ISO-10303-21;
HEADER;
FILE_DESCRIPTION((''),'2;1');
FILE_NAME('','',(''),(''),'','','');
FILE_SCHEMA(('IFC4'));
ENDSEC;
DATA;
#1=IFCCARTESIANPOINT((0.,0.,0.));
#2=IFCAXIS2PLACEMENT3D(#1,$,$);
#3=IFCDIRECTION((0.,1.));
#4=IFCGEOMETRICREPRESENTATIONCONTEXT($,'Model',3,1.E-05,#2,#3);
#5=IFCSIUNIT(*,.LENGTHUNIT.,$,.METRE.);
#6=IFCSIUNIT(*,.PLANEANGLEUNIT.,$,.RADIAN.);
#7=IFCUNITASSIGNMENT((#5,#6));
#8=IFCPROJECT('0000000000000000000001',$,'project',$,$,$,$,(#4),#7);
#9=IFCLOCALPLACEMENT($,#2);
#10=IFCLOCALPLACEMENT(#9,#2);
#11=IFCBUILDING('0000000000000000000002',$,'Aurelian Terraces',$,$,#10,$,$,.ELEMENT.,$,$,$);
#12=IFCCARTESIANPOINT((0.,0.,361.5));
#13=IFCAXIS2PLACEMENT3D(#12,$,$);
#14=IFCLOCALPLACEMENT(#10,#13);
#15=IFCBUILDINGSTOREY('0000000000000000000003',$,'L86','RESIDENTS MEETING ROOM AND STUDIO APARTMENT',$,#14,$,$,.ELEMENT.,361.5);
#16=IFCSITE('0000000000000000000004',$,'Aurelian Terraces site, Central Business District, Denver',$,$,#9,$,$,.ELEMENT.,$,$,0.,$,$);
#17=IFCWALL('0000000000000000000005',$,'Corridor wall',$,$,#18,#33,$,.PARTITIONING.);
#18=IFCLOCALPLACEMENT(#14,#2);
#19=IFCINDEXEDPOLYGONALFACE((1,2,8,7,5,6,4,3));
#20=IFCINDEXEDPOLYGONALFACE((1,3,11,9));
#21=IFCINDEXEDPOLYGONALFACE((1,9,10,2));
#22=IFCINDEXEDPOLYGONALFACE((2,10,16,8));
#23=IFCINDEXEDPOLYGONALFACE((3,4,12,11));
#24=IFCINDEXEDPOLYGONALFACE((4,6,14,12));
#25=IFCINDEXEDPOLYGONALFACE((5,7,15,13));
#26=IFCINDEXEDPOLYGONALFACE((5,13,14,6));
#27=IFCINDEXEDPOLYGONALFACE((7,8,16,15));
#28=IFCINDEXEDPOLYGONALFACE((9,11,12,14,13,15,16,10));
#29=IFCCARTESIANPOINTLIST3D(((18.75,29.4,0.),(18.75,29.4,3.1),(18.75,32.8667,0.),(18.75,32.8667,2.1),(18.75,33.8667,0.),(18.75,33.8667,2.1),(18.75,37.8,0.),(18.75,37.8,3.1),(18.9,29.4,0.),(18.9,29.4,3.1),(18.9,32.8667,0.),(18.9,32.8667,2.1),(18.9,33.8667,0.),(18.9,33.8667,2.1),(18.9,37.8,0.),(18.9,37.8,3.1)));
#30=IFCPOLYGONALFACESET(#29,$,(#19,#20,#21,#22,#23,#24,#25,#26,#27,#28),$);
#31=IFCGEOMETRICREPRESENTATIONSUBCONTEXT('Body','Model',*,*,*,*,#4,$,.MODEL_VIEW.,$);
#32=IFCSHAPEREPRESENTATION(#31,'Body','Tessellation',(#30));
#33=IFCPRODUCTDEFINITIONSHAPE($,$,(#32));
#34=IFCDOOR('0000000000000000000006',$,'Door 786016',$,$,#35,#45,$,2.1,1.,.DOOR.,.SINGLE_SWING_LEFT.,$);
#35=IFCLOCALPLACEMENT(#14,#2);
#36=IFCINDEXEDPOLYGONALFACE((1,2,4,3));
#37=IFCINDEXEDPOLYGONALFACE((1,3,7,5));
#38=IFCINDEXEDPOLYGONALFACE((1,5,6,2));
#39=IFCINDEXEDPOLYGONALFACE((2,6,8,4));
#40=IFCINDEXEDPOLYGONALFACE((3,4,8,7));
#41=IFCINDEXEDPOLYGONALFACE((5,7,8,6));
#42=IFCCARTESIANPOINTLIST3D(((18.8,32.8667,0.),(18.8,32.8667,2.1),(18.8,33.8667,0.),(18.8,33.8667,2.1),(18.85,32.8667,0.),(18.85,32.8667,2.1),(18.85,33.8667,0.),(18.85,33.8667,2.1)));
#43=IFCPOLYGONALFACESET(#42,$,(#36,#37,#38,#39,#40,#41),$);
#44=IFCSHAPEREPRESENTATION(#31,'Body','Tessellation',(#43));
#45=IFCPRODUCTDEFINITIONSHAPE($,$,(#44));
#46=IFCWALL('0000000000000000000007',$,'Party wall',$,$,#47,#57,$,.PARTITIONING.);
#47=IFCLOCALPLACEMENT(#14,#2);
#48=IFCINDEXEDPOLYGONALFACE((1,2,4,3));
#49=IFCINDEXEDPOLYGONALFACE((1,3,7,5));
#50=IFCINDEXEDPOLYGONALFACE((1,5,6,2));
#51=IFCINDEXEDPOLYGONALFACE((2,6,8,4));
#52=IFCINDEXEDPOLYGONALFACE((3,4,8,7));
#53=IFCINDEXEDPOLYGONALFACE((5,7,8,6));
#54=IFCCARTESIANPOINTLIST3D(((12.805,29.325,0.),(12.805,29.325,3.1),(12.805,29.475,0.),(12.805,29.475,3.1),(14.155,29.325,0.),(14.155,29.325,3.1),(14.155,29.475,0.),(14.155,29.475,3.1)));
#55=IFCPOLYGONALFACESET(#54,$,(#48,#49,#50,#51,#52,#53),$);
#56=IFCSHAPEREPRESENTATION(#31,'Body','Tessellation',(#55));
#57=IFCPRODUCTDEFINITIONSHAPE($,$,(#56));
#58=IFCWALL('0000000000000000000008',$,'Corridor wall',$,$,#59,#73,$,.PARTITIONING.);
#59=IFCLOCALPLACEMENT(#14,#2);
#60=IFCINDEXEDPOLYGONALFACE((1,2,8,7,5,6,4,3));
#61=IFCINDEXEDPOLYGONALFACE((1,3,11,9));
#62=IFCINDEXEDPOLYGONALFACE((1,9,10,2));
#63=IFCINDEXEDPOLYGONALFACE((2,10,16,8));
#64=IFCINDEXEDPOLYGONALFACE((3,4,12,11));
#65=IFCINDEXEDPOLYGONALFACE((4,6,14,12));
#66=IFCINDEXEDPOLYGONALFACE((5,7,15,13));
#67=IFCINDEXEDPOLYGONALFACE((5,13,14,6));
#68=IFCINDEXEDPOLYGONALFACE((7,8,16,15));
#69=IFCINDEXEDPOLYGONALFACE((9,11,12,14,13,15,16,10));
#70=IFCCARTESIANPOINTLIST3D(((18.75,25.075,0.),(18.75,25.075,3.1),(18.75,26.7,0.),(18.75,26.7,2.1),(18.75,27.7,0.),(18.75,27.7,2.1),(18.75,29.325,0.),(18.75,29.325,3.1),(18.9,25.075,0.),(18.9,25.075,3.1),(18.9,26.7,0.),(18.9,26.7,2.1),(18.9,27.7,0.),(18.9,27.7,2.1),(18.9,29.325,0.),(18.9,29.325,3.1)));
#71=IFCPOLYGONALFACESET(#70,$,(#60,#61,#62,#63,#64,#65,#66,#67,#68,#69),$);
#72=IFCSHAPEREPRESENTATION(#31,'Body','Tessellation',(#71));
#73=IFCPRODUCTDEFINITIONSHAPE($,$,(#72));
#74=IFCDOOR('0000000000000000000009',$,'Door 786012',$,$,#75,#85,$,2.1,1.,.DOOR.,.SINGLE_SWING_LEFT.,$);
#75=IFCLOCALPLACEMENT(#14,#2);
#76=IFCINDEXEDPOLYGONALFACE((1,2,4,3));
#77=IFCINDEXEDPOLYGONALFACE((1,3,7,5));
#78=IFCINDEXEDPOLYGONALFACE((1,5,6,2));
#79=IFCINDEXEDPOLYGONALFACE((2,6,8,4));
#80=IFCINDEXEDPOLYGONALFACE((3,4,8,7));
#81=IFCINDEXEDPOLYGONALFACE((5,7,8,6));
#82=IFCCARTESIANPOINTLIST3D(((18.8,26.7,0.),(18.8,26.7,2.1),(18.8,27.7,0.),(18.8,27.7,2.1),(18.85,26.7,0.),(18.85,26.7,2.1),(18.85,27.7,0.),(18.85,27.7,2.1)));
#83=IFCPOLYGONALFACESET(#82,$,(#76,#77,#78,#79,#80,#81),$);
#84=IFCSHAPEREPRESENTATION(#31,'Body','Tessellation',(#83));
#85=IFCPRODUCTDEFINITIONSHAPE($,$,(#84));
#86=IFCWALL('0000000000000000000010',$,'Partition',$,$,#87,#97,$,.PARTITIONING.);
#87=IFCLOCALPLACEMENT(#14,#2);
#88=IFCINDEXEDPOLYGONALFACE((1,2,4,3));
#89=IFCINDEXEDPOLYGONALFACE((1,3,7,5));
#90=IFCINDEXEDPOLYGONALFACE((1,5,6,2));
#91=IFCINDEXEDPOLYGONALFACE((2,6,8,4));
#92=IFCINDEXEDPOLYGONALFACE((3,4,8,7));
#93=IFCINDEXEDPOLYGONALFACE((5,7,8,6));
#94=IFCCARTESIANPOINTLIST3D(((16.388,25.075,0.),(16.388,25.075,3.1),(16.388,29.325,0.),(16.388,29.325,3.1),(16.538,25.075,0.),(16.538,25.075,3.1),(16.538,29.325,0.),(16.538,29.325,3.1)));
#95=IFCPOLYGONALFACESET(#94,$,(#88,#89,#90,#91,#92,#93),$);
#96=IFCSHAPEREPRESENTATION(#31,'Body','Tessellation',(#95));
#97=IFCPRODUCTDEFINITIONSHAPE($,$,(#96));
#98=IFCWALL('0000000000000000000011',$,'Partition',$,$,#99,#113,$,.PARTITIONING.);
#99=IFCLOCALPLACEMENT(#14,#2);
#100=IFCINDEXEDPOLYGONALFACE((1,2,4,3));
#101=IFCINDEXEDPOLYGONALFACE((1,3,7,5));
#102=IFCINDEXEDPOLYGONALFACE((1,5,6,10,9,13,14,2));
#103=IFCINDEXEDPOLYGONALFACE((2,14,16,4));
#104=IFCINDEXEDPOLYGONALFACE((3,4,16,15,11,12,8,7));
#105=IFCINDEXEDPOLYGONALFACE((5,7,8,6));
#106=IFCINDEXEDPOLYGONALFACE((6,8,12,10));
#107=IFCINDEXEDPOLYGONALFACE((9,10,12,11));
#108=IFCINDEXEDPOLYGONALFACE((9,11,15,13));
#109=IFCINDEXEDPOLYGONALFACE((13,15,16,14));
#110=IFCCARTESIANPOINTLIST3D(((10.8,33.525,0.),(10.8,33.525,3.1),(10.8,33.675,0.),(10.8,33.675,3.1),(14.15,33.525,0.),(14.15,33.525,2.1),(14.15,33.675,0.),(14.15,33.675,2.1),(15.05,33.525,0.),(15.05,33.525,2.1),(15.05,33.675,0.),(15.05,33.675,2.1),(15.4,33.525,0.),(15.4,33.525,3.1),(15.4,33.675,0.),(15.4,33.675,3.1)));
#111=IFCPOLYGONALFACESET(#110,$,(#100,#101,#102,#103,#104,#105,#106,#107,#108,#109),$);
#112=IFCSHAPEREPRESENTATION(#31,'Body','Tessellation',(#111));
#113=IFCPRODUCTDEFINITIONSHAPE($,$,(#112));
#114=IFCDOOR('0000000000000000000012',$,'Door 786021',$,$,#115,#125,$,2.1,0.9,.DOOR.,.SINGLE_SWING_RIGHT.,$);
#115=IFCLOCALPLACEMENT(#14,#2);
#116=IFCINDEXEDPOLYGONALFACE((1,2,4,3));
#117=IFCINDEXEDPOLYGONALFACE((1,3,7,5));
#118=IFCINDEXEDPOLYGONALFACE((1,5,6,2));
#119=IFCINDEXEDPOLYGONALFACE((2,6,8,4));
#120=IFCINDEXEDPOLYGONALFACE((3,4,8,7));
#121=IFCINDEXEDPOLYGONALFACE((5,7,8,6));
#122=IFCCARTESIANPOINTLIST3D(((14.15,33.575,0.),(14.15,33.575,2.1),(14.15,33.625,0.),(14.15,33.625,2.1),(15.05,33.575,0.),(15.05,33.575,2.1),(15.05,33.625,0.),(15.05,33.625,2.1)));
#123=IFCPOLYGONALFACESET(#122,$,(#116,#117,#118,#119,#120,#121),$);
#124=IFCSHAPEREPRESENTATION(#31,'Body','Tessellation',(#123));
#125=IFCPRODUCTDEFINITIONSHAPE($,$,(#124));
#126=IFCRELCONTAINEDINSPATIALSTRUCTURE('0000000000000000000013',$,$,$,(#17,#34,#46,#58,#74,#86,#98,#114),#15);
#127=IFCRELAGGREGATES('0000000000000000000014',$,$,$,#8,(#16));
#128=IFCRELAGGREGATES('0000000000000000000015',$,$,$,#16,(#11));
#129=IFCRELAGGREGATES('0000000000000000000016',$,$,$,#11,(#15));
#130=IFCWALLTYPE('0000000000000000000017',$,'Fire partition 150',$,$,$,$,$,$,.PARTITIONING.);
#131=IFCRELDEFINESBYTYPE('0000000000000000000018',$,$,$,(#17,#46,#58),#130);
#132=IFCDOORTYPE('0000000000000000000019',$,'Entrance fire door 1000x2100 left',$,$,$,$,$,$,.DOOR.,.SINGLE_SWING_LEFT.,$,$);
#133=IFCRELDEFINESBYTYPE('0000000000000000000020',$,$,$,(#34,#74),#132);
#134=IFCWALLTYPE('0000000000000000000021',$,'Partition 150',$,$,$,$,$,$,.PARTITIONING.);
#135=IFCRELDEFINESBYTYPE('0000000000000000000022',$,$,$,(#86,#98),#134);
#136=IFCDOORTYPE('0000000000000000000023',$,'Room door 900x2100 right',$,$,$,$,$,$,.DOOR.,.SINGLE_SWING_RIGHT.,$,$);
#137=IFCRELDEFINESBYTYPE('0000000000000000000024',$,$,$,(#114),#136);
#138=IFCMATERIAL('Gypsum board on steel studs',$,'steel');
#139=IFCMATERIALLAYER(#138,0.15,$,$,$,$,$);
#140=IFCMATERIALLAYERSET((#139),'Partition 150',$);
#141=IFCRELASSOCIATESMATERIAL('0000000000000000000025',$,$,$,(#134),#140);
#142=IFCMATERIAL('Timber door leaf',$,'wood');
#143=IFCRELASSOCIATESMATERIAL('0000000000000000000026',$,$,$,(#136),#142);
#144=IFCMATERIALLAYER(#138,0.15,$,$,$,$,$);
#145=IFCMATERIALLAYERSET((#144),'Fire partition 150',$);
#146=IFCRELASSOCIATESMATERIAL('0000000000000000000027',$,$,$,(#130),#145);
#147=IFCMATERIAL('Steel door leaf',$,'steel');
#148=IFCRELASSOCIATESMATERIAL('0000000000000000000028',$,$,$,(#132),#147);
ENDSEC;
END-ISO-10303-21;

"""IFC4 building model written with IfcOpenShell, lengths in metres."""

from ifc_helpers import new_model, si_unit, direction, frame, frame_2d, origin, place, context, subcontext, project, spatial, rectangle, extrude, source, transform, mapped, material, layer, layer_set, type_object, element, fill, save


model = new_model("IFC4")

# Units and contexts
model_context = context("Model", 3, precision=1e-05, world=origin(), true_north=direction((0.0, 1.0)))
body_context = subcontext(model_context, "Body", "Model", "MODEL_VIEW")
ifc_project = project(units=[si_unit("LENGTHUNIT", "METRE"), si_unit("PLANEANGLEUNIT", "RADIAN")], contexts=[model_context])

# Site, building, storey
site_placement = place(None, origin())
site = spatial("IfcSite", under=ifc_project, at=site_placement, Name="Aurelian Terraces site, Central Business District, Denver", CompositionType="ELEMENT", RefElevation=0.0)
building_placement = place(site_placement, origin())
building = spatial("IfcBuilding", under=site, at=building_placement, Name="Aurelian Terraces", CompositionType="ELEMENT")
storey_placement = place(building_placement, frame((0.0, 0.0, 361.5)))
storey = spatial("IfcBuildingStorey", under=building, at=storey_placement, Name="L86", Description="RESIDENTS MEETING ROOM AND STUDIO APARTMENT", CompositionType="ELEMENT", Elevation=361.5)

# Shared definitions
ifc_material_1 = material(Name="Gypsum board on steel studs", Category="steel")
ifc_layer_1 = layer(ifc_material_1, 0.15)
ifc_layer_set_1 = layer_set([ifc_layer_1], Name="Partition 150")
wall_type_1 = type_object("IfcWallType", Name="Partition 150", PredefinedType="PARTITIONING", material=ifc_layer_set_1)
shared_shape_1 = source(origin(), body_context, "Body", "SweptSolid", [
    extrude(rectangle(XDim=0.9, YDim=2.1, at=frame_2d((0.45, 1.05))), frame((0.0, 0.085, 0.0), z_axis=(0.0, -1.0, 0.0), x_axis=(1.0, 0.0, 0.0)), (0.0, 0.0, 1.0), 0.17),
])
ifc_material_2 = material(Name="Timber door leaf", Category="wood")
door_type_1 = type_object("IfcDoorType", Name="Room door 900x2100 right", OperationType="SINGLE_SWING_RIGHT", PredefinedType="DOOR", material=ifc_material_2)
shared_shape_2 = source(origin(), body_context, "Body", "SweptSolid", [
    extrude(rectangle(XDim=0.9, YDim=2.1, at=frame_2d((0.45, 1.05))), frame((0.0, 0.025, 0.0), z_axis=(0.0, -1.0, 0.0), x_axis=(1.0, 0.0, 0.0)), (0.0, 0.0, 1.0), 0.05),
])

# Shared definitions
shared_shape_3 = source(origin(), body_context, "Body", "SweptSolid", [
    extrude(rectangle(XDim=8.4, YDim=0.15, at=frame_2d((4.2, 0.0))), origin(), (0.0, 0.0, 1.0), 3.1),
])
shared_shape_4 = source(origin(), body_context, "Body", "SweptSolid", [
    extrude(rectangle(XDim=1.0, YDim=2.1, at=frame_2d((0.5, 1.05))), frame((0.0, 0.085, 0.0), z_axis=(0.0, -1.0, 0.0), x_axis=(1.0, 0.0, 0.0)), (0.0, 0.0, 1.0), 0.17),
])
shared_shape_5 = source(origin(), body_context, "Body", "SweptSolid", [
    extrude(rectangle(XDim=1.0, YDim=2.1, at=frame_2d((0.5, 1.05))), frame((0.0, 0.025, 0.0), z_axis=(0.0, -1.0, 0.0), x_axis=(1.0, 0.0, 0.0)), (0.0, 0.0, 1.0), 0.05),
])

# Wall, opening, door
ifc_layer_2 = layer(ifc_material_1, 0.15)
ifc_layer_set_2 = layer_set([ifc_layer_2], Name="Fire partition 150")
wall_type_2 = type_object("IfcWallType", Name="Fire partition 150", PredefinedType="PARTITIONING", material=ifc_layer_set_2)
wall_1_placement = place(storey_placement, frame((18.825, 29.4, 0.0), z_axis=(0.0, 0.0, 1.0), x_axis=(0.0, 1.0, 0.0)))
wall_1 = element("IfcWall", 1, at=wall_1_placement, inside=storey, type_object=wall_type_2, Name="Corridor wall", PredefinedType="PARTITIONING", context=body_context, shape_type="MappedRepresentation", body=[
    mapped(shared_shape_3, transform((0.0, 0.0, 0.0), scale=1.0)),
])
opening_1_placement = place(wall_1_placement, frame((3.4667, 0.0, 0.0)))
opening_1 = element("IfcOpeningElement", 2, at=opening_1_placement, cuts=wall_1, PredefinedType="OPENING", context=body_context, shape_type="MappedRepresentation", body=[
    mapped(shared_shape_4, transform((0.0, 0.0, 0.0), scale=1.0)),
])
ifc_material_3 = material(Name="Steel door leaf", Category="steel")
door_type_2 = type_object("IfcDoorType", Name="Entrance fire door 1000x2100 left", OperationType="SINGLE_SWING_LEFT", PredefinedType="DOOR", material=ifc_material_3)
door_1_placement = place(opening_1_placement, origin())
door_1 = element("IfcDoor", 3, at=door_1_placement, inside=storey, type_object=door_type_2, Name="Door 786016", OperationType="SINGLE_SWING_LEFT", OverallHeight=2.1, OverallWidth=1.0, PredefinedType="DOOR", context=body_context, shape_type="MappedRepresentation", body=[
    mapped(shared_shape_5, transform((0.0, 0.0, 0.0), scale=1.0)),
])
fill(opening_1, door_1)

# Wall
shared_shape_6 = source(origin(), body_context, "Body", "SweptSolid", [
    extrude(rectangle(XDim=1.35, YDim=0.15, at=frame_2d((0.675, 0.0))), origin(), (0.0, 0.0, 1.0), 3.1),
])
wall_2_placement = place(storey_placement, frame((14.155, 29.4, 0.0), z_axis=(0.0, 0.0, 1.0), x_axis=(-1.0, 0.0, 0.0)))
element("IfcWall", 4, at=wall_2_placement, inside=storey, type_object=wall_type_2, Name="Party wall", PredefinedType="PARTITIONING", context=body_context, shape_type="MappedRepresentation", body=[
    mapped(shared_shape_6, transform((0.0, 0.0, 0.0), scale=1.0)),
])

# Wall, opening, door
shared_shape_7 = source(origin(), body_context, "Body", "SweptSolid", [
    extrude(rectangle(XDim=4.25, YDim=0.15, at=frame_2d((2.125, 0.0))), origin(), (0.0, 0.0, 1.0), 3.1),
])
wall_3_placement = place(storey_placement, frame((18.825, 25.075, 0.0), z_axis=(0.0, 0.0, 1.0), x_axis=(0.0, 1.0, 0.0)))
wall_3 = element("IfcWall", 5, at=wall_3_placement, inside=storey, type_object=wall_type_2, Name="Corridor wall", PredefinedType="PARTITIONING", context=body_context, shape_type="MappedRepresentation", body=[
    mapped(shared_shape_7, transform((0.0, 0.0, 0.0), scale=1.0)),
])
opening_2_placement = place(wall_3_placement, frame((1.625, 0.0, 0.0)))
opening_2 = element("IfcOpeningElement", 6, at=opening_2_placement, cuts=wall_3, PredefinedType="OPENING", context=body_context, shape_type="MappedRepresentation", body=[
    mapped(shared_shape_4, transform((0.0, 0.0, 0.0), scale=1.0)),
])
door_2_placement = place(opening_2_placement, origin())
door_2 = element("IfcDoor", 7, at=door_2_placement, inside=storey, type_object=door_type_2, Name="Door 786012", OperationType="SINGLE_SWING_LEFT", OverallHeight=2.1, OverallWidth=1.0, PredefinedType="DOOR", context=body_context, shape_type="MappedRepresentation", body=[
    mapped(shared_shape_5, transform((0.0, 0.0, 0.0), scale=1.0)),
])
fill(opening_2, door_2)

# Wall
wall_4_placement = place(storey_placement, frame((16.463, 25.075, 0.0), z_axis=(0.0, 0.0, 1.0), x_axis=(0.0, 1.0, 0.0)))
element("IfcWall", 8, at=wall_4_placement, inside=storey, type_object=wall_type_1, Name="Partition", PredefinedType="PARTITIONING", context=body_context, shape_type="MappedRepresentation", body=[
    mapped(shared_shape_7, transform((0.0, 0.0, 0.0), scale=1.0)),
])

# Wall, opening, door
shared_shape_8 = source(origin(), body_context, "Body", "SweptSolid", [
    extrude(rectangle(XDim=4.6, YDim=0.15, at=frame_2d((2.3, 0.0))), origin(), (0.0, 0.0, 1.0), 3.1),
])
wall_5_placement = place(storey_placement, frame((15.4, 33.6, 0.0), z_axis=(0.0, 0.0, 1.0), x_axis=(-1.0, 0.0, 0.0)))
wall_5 = element("IfcWall", 9, at=wall_5_placement, inside=storey, type_object=wall_type_1, Name="Partition", PredefinedType="PARTITIONING", context=body_context, shape_type="MappedRepresentation", body=[
    mapped(shared_shape_8, transform((0.0, 0.0, 0.0), scale=1.0)),
])
opening_3_placement = place(wall_5_placement, frame((0.35, 0.0, 0.0)))
opening_3 = element("IfcOpeningElement", 10, at=opening_3_placement, cuts=wall_5, PredefinedType="OPENING", context=body_context, shape_type="MappedRepresentation", body=[
    mapped(shared_shape_1, transform((0.0, 0.0, 0.0), scale=1.0)),
])
door_3_placement = place(opening_3_placement, origin())
door_3 = element("IfcDoor", 11, at=door_3_placement, inside=storey, type_object=door_type_1, Name="Door 786021", OperationType="SINGLE_SWING_RIGHT", OverallHeight=2.1, OverallWidth=0.9, PredefinedType="DOOR", context=body_context, shape_type="MappedRepresentation", body=[
    mapped(shared_shape_2, transform((0.0, 0.0, 0.0), scale=1.0)),
])
fill(opening_3, door_3)

save(model, "model.ifc")
